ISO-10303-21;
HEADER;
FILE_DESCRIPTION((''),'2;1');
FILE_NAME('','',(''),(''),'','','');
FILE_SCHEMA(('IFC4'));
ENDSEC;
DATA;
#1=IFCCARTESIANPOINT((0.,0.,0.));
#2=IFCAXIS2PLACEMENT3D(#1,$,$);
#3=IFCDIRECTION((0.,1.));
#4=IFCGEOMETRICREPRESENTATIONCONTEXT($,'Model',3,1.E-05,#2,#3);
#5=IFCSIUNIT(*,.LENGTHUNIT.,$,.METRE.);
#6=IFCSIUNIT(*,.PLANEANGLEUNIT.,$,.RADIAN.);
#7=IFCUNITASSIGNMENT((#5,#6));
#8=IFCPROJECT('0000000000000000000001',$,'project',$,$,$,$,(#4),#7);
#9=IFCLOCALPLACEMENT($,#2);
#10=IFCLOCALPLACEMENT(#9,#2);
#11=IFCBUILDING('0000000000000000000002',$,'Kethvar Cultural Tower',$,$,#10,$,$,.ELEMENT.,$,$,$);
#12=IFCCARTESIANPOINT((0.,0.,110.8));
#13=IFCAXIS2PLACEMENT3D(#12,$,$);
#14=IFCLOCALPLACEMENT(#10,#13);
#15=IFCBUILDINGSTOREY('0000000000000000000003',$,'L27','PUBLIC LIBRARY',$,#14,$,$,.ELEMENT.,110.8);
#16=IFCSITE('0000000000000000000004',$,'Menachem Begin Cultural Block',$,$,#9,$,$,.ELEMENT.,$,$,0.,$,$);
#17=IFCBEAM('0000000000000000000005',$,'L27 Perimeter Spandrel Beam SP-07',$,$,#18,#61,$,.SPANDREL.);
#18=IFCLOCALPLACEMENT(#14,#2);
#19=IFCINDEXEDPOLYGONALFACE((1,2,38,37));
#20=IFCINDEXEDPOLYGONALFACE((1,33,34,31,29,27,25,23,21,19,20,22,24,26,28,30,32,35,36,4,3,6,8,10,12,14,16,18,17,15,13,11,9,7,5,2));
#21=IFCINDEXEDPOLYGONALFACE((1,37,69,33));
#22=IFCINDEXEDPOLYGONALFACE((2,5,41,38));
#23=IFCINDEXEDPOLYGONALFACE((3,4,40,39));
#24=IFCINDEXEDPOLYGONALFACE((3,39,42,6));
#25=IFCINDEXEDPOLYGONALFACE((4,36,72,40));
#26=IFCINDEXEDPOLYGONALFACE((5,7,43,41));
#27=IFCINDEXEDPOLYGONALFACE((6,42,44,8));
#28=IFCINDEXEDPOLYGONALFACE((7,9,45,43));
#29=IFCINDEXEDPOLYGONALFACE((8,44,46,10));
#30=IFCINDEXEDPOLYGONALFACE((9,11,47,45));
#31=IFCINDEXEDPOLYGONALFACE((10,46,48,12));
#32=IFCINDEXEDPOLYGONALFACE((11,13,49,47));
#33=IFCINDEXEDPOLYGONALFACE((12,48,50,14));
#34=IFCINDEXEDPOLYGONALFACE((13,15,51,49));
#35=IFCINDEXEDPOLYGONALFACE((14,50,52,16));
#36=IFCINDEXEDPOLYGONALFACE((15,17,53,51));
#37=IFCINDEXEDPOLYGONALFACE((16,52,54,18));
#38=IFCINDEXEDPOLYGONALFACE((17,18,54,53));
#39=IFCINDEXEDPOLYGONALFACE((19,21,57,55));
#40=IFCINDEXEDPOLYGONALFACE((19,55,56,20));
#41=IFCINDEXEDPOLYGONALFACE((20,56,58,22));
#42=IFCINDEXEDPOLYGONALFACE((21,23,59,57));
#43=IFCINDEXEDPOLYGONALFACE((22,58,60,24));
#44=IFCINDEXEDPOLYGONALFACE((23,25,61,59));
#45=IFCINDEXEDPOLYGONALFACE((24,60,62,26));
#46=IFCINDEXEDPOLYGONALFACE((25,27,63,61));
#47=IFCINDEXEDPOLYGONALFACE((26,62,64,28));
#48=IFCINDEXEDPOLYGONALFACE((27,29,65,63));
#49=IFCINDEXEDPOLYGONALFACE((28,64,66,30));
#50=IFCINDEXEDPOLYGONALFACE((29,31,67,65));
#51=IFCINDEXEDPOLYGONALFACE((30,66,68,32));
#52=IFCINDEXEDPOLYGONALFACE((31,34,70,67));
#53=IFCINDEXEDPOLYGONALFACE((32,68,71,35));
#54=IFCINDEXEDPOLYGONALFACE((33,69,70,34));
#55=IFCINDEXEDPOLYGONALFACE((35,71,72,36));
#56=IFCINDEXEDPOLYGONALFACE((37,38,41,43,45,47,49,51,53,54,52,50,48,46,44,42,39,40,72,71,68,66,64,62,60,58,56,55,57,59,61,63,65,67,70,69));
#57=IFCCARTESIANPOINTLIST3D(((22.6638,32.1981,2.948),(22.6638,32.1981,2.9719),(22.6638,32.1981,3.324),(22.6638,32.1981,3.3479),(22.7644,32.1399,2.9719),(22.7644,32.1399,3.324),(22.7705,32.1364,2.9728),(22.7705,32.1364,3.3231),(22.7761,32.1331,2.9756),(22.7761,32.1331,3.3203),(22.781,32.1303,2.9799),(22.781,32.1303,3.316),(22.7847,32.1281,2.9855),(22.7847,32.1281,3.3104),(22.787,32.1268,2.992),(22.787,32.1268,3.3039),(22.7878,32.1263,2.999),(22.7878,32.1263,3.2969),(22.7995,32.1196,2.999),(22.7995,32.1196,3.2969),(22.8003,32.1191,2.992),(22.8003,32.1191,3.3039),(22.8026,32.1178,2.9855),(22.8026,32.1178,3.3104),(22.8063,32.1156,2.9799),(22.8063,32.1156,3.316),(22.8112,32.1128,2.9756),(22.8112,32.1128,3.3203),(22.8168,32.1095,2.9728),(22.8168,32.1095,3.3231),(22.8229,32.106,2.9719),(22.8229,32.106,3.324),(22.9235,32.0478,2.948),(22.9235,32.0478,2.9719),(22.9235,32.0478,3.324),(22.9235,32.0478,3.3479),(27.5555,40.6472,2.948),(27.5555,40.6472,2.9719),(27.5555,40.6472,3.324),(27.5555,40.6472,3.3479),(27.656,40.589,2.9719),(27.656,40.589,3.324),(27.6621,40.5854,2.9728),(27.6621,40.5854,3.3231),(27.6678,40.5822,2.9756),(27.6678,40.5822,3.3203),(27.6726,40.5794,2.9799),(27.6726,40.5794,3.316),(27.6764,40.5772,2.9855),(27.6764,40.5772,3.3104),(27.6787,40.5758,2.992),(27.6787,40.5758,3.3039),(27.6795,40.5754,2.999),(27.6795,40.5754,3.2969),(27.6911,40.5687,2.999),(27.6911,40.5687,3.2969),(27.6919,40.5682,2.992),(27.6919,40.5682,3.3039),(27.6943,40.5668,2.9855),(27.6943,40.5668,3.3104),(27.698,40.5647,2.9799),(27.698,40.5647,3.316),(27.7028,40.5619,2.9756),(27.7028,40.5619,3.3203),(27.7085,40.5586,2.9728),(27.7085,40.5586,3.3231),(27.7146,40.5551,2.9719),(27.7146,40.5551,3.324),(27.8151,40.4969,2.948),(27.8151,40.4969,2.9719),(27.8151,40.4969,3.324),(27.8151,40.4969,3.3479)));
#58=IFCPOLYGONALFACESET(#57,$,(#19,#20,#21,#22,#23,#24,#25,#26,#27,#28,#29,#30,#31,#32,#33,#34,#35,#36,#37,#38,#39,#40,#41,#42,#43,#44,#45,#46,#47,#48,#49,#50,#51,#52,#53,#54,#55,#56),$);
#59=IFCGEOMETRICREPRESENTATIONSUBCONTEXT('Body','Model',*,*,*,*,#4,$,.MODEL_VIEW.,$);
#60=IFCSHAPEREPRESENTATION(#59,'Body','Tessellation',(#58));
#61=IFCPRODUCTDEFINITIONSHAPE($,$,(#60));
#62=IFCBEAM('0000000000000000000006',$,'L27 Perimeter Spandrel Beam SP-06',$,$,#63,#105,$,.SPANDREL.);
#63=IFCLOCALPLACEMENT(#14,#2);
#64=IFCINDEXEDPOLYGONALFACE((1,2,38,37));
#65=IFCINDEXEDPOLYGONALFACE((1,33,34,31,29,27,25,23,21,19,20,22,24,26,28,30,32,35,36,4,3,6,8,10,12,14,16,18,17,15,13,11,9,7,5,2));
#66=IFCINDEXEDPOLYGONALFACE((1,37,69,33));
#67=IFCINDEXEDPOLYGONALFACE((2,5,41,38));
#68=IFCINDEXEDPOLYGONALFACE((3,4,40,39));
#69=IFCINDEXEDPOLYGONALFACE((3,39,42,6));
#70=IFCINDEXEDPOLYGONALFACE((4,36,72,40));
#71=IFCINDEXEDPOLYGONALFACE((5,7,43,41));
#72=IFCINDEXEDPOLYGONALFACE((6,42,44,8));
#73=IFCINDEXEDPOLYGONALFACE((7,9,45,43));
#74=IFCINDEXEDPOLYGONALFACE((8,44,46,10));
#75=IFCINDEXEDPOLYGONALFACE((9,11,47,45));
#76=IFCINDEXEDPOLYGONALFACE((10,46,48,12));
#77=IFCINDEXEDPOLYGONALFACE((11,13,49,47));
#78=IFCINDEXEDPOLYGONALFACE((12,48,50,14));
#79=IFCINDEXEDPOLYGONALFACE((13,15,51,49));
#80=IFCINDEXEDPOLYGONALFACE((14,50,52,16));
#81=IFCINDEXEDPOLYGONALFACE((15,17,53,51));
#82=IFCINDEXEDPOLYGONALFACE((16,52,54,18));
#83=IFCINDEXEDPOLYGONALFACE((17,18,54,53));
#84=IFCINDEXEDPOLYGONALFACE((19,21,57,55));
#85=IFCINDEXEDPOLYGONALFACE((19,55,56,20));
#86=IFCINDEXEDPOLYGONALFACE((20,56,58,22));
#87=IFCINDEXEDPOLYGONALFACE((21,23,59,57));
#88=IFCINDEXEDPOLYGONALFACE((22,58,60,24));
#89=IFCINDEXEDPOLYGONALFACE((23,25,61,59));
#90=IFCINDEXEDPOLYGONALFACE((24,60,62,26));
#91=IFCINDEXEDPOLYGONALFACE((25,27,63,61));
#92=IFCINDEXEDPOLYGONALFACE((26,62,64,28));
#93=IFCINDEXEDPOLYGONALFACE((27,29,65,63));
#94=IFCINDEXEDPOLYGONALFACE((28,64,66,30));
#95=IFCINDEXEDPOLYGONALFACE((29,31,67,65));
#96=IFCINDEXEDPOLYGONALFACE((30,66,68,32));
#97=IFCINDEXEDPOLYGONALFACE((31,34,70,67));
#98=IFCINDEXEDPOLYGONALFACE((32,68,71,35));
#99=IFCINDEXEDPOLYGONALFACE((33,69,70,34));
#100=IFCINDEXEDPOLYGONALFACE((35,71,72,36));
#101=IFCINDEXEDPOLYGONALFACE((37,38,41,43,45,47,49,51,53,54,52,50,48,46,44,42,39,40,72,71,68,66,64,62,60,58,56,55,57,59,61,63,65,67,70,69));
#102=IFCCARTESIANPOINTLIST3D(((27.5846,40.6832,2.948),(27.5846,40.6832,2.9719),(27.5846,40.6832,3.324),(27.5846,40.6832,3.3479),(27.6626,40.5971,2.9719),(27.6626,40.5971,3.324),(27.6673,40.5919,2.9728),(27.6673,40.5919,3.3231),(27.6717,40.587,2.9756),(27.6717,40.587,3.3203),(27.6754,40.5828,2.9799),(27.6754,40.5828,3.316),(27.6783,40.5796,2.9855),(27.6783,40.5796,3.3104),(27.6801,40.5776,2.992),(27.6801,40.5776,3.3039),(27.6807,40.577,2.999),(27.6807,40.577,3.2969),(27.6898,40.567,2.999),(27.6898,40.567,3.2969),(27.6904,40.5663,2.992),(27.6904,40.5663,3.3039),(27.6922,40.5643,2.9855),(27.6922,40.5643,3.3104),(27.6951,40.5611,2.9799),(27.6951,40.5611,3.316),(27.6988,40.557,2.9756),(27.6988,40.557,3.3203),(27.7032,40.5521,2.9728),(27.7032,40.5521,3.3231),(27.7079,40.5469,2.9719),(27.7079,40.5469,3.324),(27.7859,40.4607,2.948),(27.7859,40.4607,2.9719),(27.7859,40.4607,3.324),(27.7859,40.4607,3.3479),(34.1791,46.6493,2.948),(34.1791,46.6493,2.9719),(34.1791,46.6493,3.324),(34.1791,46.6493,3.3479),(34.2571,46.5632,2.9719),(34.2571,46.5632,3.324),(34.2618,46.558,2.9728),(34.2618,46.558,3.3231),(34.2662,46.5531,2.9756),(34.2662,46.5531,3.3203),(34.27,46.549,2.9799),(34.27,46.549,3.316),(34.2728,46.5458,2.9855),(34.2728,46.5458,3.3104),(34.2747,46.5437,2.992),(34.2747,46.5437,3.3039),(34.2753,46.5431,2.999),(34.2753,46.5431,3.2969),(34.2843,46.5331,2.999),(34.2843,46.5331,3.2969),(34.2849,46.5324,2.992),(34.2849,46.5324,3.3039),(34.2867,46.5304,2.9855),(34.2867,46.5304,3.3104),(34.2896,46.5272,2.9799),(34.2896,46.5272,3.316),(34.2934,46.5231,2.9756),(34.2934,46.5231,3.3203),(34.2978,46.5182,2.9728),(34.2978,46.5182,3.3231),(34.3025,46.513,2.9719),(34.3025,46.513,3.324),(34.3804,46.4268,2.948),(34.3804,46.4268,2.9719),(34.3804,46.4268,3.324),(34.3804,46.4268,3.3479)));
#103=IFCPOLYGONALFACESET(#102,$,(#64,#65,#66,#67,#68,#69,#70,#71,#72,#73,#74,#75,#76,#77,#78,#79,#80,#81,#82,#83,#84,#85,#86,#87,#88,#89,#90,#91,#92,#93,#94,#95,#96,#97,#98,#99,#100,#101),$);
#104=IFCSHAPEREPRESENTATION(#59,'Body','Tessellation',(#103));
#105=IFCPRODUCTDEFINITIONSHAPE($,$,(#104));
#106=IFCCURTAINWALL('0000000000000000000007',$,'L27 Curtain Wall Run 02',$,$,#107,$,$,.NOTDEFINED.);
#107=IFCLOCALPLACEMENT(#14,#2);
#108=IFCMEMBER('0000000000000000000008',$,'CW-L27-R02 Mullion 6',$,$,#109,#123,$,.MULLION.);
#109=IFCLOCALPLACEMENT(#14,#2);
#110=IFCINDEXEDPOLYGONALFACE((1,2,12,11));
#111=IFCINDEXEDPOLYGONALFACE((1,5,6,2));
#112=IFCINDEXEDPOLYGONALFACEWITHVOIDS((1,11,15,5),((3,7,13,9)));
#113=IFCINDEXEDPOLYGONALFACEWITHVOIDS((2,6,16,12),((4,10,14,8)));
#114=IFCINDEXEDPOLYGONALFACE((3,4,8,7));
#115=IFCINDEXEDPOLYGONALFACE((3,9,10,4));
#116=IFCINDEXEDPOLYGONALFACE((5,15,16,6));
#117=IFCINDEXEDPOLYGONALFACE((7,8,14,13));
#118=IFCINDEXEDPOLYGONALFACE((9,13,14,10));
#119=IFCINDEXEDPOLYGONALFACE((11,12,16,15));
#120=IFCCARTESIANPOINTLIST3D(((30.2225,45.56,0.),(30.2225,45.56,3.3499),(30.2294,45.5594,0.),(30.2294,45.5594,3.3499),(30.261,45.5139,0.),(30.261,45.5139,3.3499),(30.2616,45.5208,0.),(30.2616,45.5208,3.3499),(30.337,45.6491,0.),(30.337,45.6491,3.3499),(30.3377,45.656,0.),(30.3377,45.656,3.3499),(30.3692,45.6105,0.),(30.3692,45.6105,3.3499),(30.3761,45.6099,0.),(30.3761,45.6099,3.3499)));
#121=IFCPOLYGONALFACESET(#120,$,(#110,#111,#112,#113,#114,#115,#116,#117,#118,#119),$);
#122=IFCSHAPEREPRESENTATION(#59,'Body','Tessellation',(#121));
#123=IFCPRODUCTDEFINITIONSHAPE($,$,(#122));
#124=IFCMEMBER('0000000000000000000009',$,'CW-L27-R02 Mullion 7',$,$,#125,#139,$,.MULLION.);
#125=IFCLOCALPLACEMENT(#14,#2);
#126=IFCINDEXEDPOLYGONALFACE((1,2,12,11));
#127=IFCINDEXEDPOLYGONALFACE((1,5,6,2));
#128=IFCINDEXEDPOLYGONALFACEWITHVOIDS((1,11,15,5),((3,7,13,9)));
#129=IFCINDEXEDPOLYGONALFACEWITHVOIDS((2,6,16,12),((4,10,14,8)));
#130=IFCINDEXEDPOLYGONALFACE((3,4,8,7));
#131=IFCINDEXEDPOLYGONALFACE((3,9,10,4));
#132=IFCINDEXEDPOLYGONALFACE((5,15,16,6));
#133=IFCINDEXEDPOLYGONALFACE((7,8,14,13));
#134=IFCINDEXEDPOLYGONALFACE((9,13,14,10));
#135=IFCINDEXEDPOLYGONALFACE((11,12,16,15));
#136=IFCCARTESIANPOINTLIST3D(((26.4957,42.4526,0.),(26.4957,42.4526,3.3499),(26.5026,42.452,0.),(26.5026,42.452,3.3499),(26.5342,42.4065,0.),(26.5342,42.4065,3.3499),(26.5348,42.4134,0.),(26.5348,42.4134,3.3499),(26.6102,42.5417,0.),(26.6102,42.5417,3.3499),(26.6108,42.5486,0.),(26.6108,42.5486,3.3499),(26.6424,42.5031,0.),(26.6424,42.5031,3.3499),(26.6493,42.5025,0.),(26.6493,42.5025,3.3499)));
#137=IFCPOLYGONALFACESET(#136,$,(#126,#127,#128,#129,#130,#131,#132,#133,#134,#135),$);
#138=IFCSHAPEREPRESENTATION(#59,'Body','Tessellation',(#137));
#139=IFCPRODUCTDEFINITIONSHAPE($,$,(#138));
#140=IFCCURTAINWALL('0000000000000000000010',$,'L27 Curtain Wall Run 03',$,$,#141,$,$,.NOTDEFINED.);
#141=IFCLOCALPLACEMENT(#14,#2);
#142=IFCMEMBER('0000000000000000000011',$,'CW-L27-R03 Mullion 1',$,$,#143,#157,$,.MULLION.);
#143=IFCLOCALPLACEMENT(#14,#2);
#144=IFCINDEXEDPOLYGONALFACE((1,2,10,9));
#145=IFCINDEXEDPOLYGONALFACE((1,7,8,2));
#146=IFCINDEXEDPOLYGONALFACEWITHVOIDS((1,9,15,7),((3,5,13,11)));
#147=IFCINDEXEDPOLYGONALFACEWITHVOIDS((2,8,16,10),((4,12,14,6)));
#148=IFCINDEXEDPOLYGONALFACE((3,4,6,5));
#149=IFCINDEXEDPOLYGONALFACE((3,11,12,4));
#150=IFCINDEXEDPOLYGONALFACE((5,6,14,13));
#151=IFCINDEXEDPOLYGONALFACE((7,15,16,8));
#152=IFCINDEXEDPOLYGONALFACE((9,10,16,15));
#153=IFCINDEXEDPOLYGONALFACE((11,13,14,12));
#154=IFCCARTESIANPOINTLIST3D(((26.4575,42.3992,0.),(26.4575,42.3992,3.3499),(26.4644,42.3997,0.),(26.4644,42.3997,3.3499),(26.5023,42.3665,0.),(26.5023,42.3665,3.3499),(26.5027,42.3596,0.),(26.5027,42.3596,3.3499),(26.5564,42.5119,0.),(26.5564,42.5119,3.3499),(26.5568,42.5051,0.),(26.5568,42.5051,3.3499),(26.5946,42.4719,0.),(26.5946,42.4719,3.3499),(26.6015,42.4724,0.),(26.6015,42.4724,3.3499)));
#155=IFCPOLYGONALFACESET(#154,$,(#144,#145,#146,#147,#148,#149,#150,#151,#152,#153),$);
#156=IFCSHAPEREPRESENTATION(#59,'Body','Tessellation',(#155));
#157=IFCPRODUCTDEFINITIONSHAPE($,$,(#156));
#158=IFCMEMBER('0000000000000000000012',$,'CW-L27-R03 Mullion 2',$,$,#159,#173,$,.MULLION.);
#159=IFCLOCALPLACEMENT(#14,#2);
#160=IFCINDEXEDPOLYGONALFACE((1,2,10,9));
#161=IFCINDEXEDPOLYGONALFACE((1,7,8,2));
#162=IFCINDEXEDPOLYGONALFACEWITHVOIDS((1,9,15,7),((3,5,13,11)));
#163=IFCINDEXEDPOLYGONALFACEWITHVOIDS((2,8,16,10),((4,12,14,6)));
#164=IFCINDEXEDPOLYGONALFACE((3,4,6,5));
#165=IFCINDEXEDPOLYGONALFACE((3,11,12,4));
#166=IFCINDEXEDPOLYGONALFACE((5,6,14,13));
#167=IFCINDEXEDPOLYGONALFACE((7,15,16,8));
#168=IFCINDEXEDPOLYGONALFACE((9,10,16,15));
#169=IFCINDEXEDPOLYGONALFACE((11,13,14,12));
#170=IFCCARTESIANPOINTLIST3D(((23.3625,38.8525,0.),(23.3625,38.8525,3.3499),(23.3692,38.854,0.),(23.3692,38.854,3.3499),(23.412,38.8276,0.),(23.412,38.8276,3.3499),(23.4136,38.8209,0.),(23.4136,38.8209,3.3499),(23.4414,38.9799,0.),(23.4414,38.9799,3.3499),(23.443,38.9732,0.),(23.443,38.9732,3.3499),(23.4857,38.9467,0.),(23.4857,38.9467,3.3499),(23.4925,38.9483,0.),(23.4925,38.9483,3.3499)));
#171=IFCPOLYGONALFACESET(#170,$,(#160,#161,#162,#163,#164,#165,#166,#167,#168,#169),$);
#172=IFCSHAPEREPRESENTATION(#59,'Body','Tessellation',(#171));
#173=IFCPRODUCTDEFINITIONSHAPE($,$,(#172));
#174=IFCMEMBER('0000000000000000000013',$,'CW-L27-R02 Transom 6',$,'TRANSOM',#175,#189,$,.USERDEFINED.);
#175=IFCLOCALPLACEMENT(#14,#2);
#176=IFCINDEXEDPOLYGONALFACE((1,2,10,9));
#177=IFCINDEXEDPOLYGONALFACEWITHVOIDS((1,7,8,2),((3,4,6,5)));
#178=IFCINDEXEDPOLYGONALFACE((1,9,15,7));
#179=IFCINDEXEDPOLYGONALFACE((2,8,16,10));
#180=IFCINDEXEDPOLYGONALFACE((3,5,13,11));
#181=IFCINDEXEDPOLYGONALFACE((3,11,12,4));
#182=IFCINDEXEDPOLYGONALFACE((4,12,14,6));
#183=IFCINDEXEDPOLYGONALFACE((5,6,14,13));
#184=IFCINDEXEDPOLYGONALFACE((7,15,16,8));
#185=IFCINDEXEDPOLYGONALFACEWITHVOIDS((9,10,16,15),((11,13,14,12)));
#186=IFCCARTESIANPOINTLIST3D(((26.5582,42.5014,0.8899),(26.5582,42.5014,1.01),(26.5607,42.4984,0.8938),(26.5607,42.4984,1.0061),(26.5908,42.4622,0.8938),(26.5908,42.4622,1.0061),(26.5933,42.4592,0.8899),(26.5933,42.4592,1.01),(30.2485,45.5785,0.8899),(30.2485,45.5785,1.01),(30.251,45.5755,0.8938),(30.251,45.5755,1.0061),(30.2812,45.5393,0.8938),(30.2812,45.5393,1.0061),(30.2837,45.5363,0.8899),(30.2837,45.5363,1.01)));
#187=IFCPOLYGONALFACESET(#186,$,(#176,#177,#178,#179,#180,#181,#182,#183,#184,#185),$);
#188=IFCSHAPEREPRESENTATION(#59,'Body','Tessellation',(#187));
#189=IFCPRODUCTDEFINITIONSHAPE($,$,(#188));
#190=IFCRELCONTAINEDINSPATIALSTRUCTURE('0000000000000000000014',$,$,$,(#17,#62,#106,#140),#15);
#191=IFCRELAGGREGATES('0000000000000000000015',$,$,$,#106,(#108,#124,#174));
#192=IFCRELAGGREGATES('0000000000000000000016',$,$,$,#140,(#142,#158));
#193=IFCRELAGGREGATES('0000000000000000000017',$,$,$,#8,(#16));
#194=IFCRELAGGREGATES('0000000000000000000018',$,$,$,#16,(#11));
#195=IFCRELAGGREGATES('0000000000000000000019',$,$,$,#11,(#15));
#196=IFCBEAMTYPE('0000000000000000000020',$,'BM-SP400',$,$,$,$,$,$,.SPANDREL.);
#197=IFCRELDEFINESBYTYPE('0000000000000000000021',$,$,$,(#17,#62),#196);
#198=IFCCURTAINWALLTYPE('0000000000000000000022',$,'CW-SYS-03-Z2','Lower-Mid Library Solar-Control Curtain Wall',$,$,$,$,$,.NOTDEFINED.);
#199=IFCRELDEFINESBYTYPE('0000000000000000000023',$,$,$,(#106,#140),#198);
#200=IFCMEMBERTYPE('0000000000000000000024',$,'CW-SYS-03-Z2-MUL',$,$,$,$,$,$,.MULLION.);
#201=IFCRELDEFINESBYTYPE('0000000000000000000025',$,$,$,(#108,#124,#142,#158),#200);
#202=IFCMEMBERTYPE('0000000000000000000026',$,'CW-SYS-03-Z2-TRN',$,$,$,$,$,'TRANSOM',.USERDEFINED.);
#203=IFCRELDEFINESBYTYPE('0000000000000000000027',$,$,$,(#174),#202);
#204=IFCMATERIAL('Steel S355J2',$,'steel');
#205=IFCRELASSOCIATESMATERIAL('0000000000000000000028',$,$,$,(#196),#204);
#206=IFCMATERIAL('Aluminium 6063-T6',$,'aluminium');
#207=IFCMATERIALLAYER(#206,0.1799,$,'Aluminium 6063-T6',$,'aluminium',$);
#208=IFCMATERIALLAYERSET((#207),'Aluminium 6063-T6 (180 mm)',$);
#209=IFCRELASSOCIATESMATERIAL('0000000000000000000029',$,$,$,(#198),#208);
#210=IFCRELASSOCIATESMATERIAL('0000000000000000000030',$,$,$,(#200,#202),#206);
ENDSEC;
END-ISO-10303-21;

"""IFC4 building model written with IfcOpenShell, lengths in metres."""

from ifc_helpers import new_model, si_unit, direction, frame, origin, origin_2d, place, context, subcontext, project, spatial, hollow_rectangle, i_section, extrude, source, transform, mapped, material, layer, layer_set, material_profile, profile_set, type_object, element, aggregate, save


model = new_model("IFC4")

# Units and contexts
model_context = context("Model", 3, precision=1e-05, world=origin(), true_north=direction((0.0, 1.0)))
body_context = subcontext(model_context, "Body", "Model", "MODEL_VIEW")
ifc_project = project(units=[si_unit("LENGTHUNIT", "METRE"), si_unit("PLANEANGLEUNIT", "RADIAN")], contexts=[model_context])

# Site, building, storey
site_placement = place(None, origin())
site = spatial("IfcSite", under=ifc_project, at=site_placement, Name="Menachem Begin Cultural Block", CompositionType="ELEMENT", RefElevation=0.0)
building_placement = place(site_placement, origin())
building = spatial("IfcBuilding", under=site, at=building_placement, Name="Kethvar Cultural Tower", CompositionType="ELEMENT")
storey_placement = place(building_placement, frame((0.0, 0.0, 110.8)))
storey = spatial("IfcBuildingStorey", under=building, at=storey_placement, Name="L27", Description="PUBLIC LIBRARY", CompositionType="ELEMENT", Elevation=110.8)

# Beams
ifc_material_1 = material(Name="Steel S355J2", Category="steel")
ifc_material_profile_1 = material_profile(ifc_material_1, i_section(OverallWidth=0.3, OverallDepth=0.3999, WebThickness=0.0134, FlangeThickness=0.0239, FilletRadius=0.0271, at=origin_2d()), Name="Steel S355J2 — HEB400")
ifc_profile_set_1 = profile_set([ifc_material_profile_1], Name="Steel S355J2 — HEB400")
beam_type_1 = type_object("IfcBeamType", Name="BM-SP400", PredefinedType="SPANDREL", material=ifc_profile_set_1)
shared_shape_1 = source(origin(), body_context, "Body", "SweptSolid", [
    extrude(i_section(OverallWidth=0.3, OverallDepth=0.3999, WebThickness=0.0134, FlangeThickness=0.0239, FilletRadius=0.0271, at=origin_2d()), origin(), (0.0, 0.0, 1.0), 9.7629),
])
beam_1_placement = place(storey_placement, frame((27.6853, 40.572, 3.1479), z_axis=(-0.501043, -0.865422, 0.0), x_axis=(0.865422, -0.501043, 0.0)))
element("IfcBeam", 1, at=beam_1_placement, inside=storey, type_object=beam_type_1, Name="L27 Perimeter Spandrel Beam SP-07", PredefinedType="SPANDREL", context=body_context, shape_type="MappedRepresentation", body=[
    mapped(shared_shape_1, transform((0.0, 0.0, 0.0), scale=1.0)),
])
shared_shape_2 = source(origin(), body_context, "Body", "SweptSolid", [
    extrude(i_section(OverallWidth=0.3, OverallDepth=0.3999, WebThickness=0.0134, FlangeThickness=0.0239, FilletRadius=0.0271, at=origin_2d()), origin(), (0.0, 0.0, 1.0), 8.8928),
])
beam_2_placement = place(storey_placement, frame((34.2798, 46.5381, 3.1479), z_axis=(-0.741557, -0.67089, 0.0), x_axis=(0.67089, -0.741557, 0.0)))
element("IfcBeam", 2, at=beam_2_placement, inside=storey, type_object=beam_type_1, Name="L27 Perimeter Spandrel Beam SP-06", PredefinedType="SPANDREL", context=body_context, shape_type="MappedRepresentation", body=[
    mapped(shared_shape_2, transform((0.0, 0.0, 0.0), scale=1.0)),
])

# Curtain walls, members
ifc_material_2 = material(Name="Aluminium 6063-T6", Category="aluminium")
ifc_layer_1 = layer(ifc_material_2, 0.1799, Name="Aluminium 6063-T6", Category="aluminium")
ifc_layer_set_1 = layer_set([ifc_layer_1], Name="Aluminium 6063-T6 (180 mm)")
curtain_wall_type = type_object("IfcCurtainWallType", Name="CW-SYS-03-Z2", Description="Lower-Mid Library Solar-Control Curtain Wall", PredefinedType="NOTDEFINED", material=ifc_layer_set_1)
curtain_wall_1_placement = place(storey_placement, origin())
curtain_wall_1 = element("IfcCurtainWall", 3, at=curtain_wall_1_placement, inside=storey, type_object=curtain_wall_type, Name="L27 Curtain Wall Run 02", PredefinedType="NOTDEFINED")
ifc_material_profile_2 = material_profile(ifc_material_2, hollow_rectangle(XDim=0.0601, YDim=0.1499, WallThickness=0.0049, at=origin_2d()), Name="Aluminium 6063-T6 — RHS150x60x5")
ifc_profile_set_2 = profile_set([ifc_material_profile_2], Name="Aluminium 6063-T6 — RHS150x60x5")
member_type_1 = type_object("IfcMemberType", Name="CW-SYS-03-Z2-MUL", PredefinedType="MULLION", material=ifc_profile_set_2)
shared_shape_3 = source(origin(), body_context, "Body", "SweptSolid", [
    extrude(hollow_rectangle(XDim=0.0601, YDim=0.1499, WallThickness=0.0049, at=origin_2d()), origin(), (0.0, 0.0, 1.0), 3.3499),
])
member_1_placement = place(storey_placement, frame((30.2993, 45.585, 0.0), z_axis=(0.0, 0.0, 1.0), x_axis=(0.640378, -0.76806, 0.0)))
member_1 = element("IfcMember", 4, at=member_1_placement, type_object=member_type_1, Name="CW-L27-R02 Mullion 6", PredefinedType="MULLION", context=body_context, shape_type="MappedRepresentation", body=[
    mapped(shared_shape_3, transform((0.0, 0.0, 0.0), scale=1.0)),
])
member_2_placement = place(storey_placement, frame((26.5725, 42.4775, 0.0), z_axis=(0.0, 0.0, 1.0), x_axis=(0.640378, -0.76806, 0.0)))
member_2 = element("IfcMember", 5, at=member_2_placement, type_object=member_type_1, Name="CW-L27-R02 Mullion 7", PredefinedType="MULLION", context=body_context, shape_type="MappedRepresentation", body=[
    mapped(shared_shape_3, transform((0.0, 0.0, 0.0), scale=1.0)),
])
curtain_wall_2_placement = place(storey_placement, origin())
curtain_wall_2 = element("IfcCurtainWall", 6, at=curtain_wall_2_placement, inside=storey, type_object=curtain_wall_type, Name="L27 Curtain Wall Run 03", PredefinedType="NOTDEFINED")
member_3_placement = place(storey_placement, frame((26.5295, 42.4358, 0.0), z_axis=(0.0, 0.0, 1.0), x_axis=(0.75192, -0.659254, 0.0)))
member_3 = element("IfcMember", 7, at=member_3_placement, type_object=member_type_1, Name="CW-L27-R03 Mullion 1", PredefinedType="MULLION", context=body_context, shape_type="MappedRepresentation", body=[
    mapped(shared_shape_3, transform((0.0, 0.0, 0.0), scale=1.0)),
])
member_4_placement = place(storey_placement, frame((23.4275, 38.9004, 0.0), z_axis=(0.0, 0.0, 1.0), x_axis=(0.850297, -0.526303, 0.0)))
member_4 = element("IfcMember", 8, at=member_4_placement, type_object=member_type_1, Name="CW-L27-R03 Mullion 2", PredefinedType="MULLION", context=body_context, shape_type="MappedRepresentation", body=[
    mapped(shared_shape_3, transform((0.0, 0.0, 0.0), scale=1.0)),
])

# Member
ifc_material_profile_3 = material_profile(ifc_material_2, hollow_rectangle(XDim=0.0549, YDim=0.1201, WallThickness=0.0039, at=origin_2d()), Name="Aluminium 6063-T6 — RHS120x55x4")
ifc_profile_set_3 = profile_set([ifc_material_profile_3], Name="Aluminium 6063-T6 — RHS120x55x4")
member_type_2 = type_object("IfcMemberType", Name="CW-SYS-03-Z2-TRN", ElementType="TRANSOM", PredefinedType="USERDEFINED", material=ifc_profile_set_3)
shared_shape_4 = source(origin(), body_context, "Body", "SweptSolid", [
    extrude(hollow_rectangle(XDim=0.0549, YDim=0.1201, WallThickness=0.0039, at=origin_2d()), origin(), (0.0, 0.0, 1.0), 4.8049),
])
member_5_placement = place(storey_placement, frame((30.2661, 45.5574, 0.95), z_axis=(-0.768038, -0.640404, 0.0), x_axis=(0.640404, -0.768038, 0.0)))
member_5 = element("IfcMember", 9, at=member_5_placement, type_object=member_type_2, Name="CW-L27-R02 Transom 6", ObjectType="TRANSOM", PredefinedType="USERDEFINED", context=body_context, shape_type="MappedRepresentation", body=[
    mapped(shared_shape_4, transform((0.0, 0.0, 0.0), scale=1.0)),
])

aggregate(curtain_wall_1, [member_1, member_2, member_5])
aggregate(curtain_wall_2, [member_3, member_4])

save(model, "model.ifc")
